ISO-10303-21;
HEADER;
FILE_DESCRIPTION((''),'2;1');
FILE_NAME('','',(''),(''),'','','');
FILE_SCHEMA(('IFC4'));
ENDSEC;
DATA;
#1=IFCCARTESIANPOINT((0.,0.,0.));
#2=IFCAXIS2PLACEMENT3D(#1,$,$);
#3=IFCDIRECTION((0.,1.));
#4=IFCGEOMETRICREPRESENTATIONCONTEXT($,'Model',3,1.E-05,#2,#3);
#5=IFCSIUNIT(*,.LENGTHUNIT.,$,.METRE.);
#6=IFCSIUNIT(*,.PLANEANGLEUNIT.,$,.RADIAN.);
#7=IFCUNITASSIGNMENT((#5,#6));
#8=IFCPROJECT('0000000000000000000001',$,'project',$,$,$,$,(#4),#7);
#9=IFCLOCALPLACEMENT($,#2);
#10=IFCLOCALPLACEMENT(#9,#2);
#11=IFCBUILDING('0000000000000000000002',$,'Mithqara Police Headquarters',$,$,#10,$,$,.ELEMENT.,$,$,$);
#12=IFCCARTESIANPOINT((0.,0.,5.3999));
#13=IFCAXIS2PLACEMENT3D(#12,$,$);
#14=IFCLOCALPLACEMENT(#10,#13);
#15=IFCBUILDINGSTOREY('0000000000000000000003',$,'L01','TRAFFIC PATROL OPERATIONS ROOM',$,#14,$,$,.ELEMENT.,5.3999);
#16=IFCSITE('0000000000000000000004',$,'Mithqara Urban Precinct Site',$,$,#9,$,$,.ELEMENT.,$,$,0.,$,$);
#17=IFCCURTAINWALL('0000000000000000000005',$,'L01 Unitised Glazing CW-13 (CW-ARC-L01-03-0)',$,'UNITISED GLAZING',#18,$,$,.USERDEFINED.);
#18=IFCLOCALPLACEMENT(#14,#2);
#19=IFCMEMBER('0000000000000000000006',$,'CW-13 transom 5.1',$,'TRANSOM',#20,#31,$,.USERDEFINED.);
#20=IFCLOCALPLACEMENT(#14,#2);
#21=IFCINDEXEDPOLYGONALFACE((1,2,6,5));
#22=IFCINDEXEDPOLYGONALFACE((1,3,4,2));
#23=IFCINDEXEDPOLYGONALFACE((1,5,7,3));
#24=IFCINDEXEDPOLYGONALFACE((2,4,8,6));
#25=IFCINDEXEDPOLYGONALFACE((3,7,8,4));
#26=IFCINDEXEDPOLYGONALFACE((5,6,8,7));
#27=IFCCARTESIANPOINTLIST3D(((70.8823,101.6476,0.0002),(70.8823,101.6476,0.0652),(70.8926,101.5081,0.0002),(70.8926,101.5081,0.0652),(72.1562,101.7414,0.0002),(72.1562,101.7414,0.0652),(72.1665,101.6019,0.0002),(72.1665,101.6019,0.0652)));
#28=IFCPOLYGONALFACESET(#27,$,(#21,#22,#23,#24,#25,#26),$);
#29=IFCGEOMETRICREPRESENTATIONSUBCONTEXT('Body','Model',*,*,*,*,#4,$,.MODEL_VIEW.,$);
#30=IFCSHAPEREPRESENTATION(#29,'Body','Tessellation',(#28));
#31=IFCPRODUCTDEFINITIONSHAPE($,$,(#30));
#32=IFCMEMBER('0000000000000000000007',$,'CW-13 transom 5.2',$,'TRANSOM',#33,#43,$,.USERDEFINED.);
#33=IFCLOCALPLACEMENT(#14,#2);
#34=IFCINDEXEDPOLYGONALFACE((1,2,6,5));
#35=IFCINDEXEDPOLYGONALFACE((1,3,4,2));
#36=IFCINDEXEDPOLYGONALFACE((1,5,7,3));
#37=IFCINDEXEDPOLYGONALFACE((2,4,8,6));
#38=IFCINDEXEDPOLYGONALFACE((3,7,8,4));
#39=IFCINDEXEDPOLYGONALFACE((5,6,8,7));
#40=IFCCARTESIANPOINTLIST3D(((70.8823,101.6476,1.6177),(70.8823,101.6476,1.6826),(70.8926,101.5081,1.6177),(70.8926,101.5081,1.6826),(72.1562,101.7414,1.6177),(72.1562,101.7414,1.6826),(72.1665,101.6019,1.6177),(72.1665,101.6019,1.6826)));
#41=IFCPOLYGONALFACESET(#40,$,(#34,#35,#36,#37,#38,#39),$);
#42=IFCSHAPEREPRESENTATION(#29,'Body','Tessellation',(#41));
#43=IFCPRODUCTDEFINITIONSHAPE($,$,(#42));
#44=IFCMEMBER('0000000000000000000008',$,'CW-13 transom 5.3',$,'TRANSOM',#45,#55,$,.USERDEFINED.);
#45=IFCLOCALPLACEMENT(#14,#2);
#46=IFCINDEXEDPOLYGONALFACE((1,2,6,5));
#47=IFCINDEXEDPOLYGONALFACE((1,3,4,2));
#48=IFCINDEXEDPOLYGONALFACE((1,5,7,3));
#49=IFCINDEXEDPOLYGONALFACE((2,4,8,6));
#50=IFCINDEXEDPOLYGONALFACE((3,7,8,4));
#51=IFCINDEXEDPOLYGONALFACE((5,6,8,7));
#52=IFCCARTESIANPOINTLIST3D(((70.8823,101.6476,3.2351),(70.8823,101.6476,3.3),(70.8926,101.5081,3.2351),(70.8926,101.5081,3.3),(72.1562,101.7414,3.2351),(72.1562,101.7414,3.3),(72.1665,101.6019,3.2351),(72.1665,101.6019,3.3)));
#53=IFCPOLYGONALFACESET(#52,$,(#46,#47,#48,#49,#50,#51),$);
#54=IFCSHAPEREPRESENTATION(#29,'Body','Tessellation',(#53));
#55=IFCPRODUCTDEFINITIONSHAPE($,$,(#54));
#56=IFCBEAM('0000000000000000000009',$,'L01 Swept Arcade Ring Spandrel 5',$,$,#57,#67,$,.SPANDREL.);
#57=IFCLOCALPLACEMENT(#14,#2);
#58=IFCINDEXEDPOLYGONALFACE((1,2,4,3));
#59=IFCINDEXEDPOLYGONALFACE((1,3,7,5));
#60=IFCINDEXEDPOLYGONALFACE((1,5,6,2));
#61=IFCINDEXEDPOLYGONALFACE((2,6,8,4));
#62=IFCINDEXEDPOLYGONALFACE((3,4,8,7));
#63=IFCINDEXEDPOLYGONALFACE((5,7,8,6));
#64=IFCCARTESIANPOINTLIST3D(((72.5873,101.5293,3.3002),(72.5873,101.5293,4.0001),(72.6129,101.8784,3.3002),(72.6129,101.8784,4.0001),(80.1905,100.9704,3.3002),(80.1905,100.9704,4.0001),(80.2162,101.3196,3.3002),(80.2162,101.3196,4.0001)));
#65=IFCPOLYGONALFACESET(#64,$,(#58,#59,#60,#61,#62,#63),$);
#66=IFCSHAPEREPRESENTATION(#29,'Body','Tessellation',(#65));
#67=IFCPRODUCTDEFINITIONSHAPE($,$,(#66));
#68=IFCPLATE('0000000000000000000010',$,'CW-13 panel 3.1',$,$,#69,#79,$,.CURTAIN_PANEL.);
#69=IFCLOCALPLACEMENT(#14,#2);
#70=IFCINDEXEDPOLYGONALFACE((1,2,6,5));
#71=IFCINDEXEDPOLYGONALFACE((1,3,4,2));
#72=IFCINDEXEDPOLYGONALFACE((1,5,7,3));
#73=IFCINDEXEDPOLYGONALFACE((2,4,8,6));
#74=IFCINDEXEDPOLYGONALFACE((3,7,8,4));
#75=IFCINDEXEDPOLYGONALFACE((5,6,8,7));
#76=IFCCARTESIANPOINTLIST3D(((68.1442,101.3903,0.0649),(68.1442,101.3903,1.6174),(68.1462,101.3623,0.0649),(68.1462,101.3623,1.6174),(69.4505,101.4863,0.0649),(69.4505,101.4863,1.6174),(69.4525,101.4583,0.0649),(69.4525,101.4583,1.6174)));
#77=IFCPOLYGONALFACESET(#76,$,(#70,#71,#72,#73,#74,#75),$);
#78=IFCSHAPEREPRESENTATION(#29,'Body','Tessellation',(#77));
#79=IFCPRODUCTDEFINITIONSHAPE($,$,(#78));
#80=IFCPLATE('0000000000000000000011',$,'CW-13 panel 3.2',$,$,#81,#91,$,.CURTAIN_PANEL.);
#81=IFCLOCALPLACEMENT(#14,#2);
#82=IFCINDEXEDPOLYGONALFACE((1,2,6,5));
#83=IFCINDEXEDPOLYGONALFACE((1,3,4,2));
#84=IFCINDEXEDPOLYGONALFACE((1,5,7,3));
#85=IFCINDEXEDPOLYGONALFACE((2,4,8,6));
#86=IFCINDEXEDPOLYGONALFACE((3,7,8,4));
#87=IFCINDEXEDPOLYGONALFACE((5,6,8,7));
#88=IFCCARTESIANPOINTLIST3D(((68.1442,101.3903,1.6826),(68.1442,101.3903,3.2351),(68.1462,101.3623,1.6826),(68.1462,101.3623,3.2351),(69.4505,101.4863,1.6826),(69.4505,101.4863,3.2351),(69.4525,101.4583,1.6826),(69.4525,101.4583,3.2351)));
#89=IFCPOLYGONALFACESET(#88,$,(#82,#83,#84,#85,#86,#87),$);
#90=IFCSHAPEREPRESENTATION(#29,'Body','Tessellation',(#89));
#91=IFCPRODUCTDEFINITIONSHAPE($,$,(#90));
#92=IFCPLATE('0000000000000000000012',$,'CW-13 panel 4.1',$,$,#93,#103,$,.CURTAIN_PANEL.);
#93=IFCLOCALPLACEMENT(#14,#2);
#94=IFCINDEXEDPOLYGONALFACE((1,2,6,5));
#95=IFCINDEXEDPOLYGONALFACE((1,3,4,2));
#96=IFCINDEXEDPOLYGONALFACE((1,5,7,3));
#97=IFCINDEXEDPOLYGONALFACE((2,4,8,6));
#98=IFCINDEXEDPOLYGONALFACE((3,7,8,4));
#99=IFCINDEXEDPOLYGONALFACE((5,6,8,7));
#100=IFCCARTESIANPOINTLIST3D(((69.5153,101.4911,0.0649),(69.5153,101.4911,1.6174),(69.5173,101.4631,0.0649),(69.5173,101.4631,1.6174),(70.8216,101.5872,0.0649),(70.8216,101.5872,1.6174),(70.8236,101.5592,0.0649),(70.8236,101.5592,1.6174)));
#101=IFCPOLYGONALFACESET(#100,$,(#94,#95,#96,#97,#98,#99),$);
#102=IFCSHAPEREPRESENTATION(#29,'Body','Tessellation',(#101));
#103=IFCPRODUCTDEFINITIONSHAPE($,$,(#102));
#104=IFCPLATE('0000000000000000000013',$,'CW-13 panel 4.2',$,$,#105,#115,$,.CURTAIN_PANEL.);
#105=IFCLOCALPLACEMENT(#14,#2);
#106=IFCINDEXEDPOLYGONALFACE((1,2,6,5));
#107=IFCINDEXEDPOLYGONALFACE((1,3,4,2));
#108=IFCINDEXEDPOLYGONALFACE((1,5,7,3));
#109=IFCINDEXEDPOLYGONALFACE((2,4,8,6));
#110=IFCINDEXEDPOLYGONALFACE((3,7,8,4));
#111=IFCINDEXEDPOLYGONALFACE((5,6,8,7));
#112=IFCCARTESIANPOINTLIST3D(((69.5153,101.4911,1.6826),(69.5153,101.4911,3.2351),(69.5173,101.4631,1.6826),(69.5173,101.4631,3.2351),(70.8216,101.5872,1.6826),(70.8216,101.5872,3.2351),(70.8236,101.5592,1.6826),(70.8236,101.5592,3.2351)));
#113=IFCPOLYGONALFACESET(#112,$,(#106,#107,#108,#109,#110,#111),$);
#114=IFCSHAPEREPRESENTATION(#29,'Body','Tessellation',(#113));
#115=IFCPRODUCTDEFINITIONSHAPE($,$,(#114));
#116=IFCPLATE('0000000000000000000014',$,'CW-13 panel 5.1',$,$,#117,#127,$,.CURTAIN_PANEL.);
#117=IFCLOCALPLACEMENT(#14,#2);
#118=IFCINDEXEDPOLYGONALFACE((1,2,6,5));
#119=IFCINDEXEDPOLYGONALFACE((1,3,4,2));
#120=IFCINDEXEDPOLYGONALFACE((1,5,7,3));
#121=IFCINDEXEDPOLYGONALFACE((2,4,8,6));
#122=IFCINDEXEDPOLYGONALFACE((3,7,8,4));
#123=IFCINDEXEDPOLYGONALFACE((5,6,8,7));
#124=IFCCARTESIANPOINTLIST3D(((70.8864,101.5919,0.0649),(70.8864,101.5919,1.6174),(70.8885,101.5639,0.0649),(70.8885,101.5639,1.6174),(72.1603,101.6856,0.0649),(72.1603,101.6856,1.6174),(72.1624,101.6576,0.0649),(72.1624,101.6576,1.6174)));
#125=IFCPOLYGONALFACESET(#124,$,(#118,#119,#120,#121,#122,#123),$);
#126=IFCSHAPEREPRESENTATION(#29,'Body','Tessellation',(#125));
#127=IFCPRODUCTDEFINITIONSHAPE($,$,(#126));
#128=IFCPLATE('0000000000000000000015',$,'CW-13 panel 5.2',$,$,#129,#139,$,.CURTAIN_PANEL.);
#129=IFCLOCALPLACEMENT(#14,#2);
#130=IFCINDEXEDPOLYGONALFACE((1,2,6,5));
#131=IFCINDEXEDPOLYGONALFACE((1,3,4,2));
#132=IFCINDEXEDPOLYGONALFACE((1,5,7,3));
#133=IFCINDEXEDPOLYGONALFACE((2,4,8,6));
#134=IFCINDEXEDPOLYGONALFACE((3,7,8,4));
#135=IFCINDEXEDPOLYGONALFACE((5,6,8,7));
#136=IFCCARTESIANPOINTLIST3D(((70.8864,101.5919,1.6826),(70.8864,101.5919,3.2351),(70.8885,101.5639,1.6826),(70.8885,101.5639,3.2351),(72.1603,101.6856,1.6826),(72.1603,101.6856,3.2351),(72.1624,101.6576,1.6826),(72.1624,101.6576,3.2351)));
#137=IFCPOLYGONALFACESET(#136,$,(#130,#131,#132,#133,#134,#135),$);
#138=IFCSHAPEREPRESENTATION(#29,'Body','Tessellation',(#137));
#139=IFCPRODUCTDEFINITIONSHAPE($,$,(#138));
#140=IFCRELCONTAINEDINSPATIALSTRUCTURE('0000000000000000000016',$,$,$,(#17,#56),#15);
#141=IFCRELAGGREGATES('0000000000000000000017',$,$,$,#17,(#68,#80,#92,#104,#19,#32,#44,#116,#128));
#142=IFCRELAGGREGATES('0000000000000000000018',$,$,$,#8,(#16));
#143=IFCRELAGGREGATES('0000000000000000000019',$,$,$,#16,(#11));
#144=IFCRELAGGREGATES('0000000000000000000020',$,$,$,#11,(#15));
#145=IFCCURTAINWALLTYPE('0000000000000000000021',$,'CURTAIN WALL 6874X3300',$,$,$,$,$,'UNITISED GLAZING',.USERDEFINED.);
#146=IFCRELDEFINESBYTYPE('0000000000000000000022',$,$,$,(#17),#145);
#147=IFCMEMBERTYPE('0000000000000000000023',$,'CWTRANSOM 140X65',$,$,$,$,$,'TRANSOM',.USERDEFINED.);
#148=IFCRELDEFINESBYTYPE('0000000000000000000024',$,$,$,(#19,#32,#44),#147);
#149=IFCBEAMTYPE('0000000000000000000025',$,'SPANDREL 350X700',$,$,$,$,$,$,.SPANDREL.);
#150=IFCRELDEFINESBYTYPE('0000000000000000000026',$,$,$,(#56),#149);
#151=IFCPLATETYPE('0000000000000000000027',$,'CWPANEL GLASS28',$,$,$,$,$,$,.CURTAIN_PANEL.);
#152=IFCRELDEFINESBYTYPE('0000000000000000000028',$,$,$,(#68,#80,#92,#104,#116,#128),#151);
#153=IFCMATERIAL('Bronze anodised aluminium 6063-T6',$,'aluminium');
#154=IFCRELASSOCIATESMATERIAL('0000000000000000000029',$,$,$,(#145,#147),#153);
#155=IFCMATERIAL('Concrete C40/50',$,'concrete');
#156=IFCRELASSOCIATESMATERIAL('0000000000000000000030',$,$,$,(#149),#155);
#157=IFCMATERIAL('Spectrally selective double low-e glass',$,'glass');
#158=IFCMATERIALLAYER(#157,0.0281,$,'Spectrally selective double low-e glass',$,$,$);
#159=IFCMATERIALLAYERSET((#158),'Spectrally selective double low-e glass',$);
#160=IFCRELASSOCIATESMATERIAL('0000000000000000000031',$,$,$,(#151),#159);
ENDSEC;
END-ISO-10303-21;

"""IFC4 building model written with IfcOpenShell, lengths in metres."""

from ifc_helpers import new_model, si_unit, direction, frame, origin, origin_2d, place, context, subcontext, project, spatial, rectangle, extrude, material, layer, layer_set, material_profile, profile_set, type_object, element, aggregate, save


model = new_model("IFC4")

# Units and contexts
model_context = context("Model", 3, precision=1e-05, world=origin(), true_north=direction((0.0, 1.0)))
body_context = subcontext(model_context, "Body", "Model", "MODEL_VIEW")
ifc_project = project(units=[si_unit("LENGTHUNIT", "METRE"), si_unit("PLANEANGLEUNIT", "RADIAN")], contexts=[model_context])

# Site, building, storey
site_placement = place(None, origin())
site = spatial("IfcSite", under=ifc_project, at=site_placement, Name="Mithqara Urban Precinct Site", CompositionType="ELEMENT", RefElevation=0.0)
building_placement = place(site_placement, origin())
building = spatial("IfcBuilding", under=site, at=building_placement, Name="Mithqara Police Headquarters", CompositionType="ELEMENT")
storey_placement = place(building_placement, frame((0.0, 0.0, 5.3999)))
storey = spatial("IfcBuildingStorey", under=building, at=storey_placement, Name="L01", Description="TRAFFIC PATROL OPERATIONS ROOM", CompositionType="ELEMENT", Elevation=5.3999)

# Curtain wall
ifc_material_1 = material(Name="Bronze anodised aluminium 6063-T6", Category="aluminium")
curtain_wall_type = type_object("IfcCurtainWallType", Name="CURTAIN WALL 6874X3300", ElementType="UNITISED GLAZING", PredefinedType="USERDEFINED", material=ifc_material_1)
curtain_wall_1_placement = place(storey_placement, origin())
curtain_wall_1 = element("IfcCurtainWall", 1, at=curtain_wall_1_placement, inside=storey, type_object=curtain_wall_type, Name="L01 Unitised Glazing CW-13 (CW-ARC-L01-03-0)", ObjectType="UNITISED GLAZING", PredefinedType="USERDEFINED")

# Members
ifc_material_profile_1 = material_profile(ifc_material_1, rectangle(XDim=0.1399, YDim=0.0649, at=origin_2d()), Name="CWT 140x65")
ifc_profile_set_1 = profile_set([ifc_material_profile_1], Name="Bronze anodised aluminium 6063-T6")
member_type_1 = type_object("IfcMemberType", Name="CWTRANSOM 140X65", ElementType="TRANSOM", PredefinedType="USERDEFINED", material=ifc_profile_set_1)
member_1_placement = place(storey_placement, frame((70.8875, 101.5779, 0.0327), z_axis=(0.997303, 0.073393, 0.0), x_axis=(-0.073393, 0.997303, 0.0)))
member_1 = element("IfcMember", 2, at=member_1_placement, type_object=member_type_1, Name="CW-13 transom 5.1", ObjectType="TRANSOM", PredefinedType="USERDEFINED", context=body_context, shape_type="SweptSolid", body=[
    extrude(rectangle(XDim=0.1399, YDim=0.0649, at=origin_2d()), origin(), (0.0, 0.0, 1.0), 1.2773),
])
member_2_placement = place(storey_placement, frame((70.8875, 101.5779, 1.6501), z_axis=(0.997303, 0.073393, 0.0), x_axis=(-0.073393, 0.997303, 0.0)))
member_2 = element("IfcMember", 3, at=member_2_placement, type_object=member_type_1, Name="CW-13 transom 5.2", ObjectType="TRANSOM", PredefinedType="USERDEFINED", context=body_context, shape_type="SweptSolid", body=[
    extrude(rectangle(XDim=0.1399, YDim=0.0649, at=origin_2d()), origin(), (0.0, 0.0, 1.0), 1.2773),
])
member_3_placement = place(storey_placement, frame((70.8875, 101.5779, 3.2676), z_axis=(0.997303, 0.073393, 0.0), x_axis=(-0.073393, 0.997303, 0.0)))
member_3 = element("IfcMember", 4, at=member_3_placement, type_object=member_type_1, Name="CW-13 transom 5.3", ObjectType="TRANSOM", PredefinedType="USERDEFINED", context=body_context, shape_type="SweptSolid", body=[
    extrude(rectangle(XDim=0.1399, YDim=0.0649, at=origin_2d()), origin(), (0.0, 0.0, 1.0), 1.2773),
])

# Beam
ifc_material_2 = material(Name="Concrete C40/50", Category="concrete")
ifc_material_profile_2 = material_profile(ifc_material_2, rectangle(XDim=0.3501, YDim=0.7, at=origin_2d()), Name="SPB 350x700")
ifc_profile_set_2 = profile_set([ifc_material_profile_2], Name="Concrete C40/50")
beam_type = type_object("IfcBeamType", Name="SPANDREL 350X700", PredefinedType="SPANDREL", material=ifc_profile_set_2)
beam_placement = place(storey_placement, frame((72.6001, 101.7039, 3.6501), z_axis=(0.99731, -0.073302, 0.0), x_axis=(0.073302, 0.99731, 0.0)))
element("IfcBeam", 5, at=beam_placement, inside=storey, type_object=beam_type, Name="L01 Swept Arcade Ring Spandrel 5", PredefinedType="SPANDREL", context=body_context, shape_type="SweptSolid", body=[
    extrude(rectangle(XDim=0.3501, YDim=0.7, at=origin_2d()), origin(), (0.0, 0.0, 1.0), 7.6238),
])

# Plates
ifc_material_3 = material(Name="Spectrally selective double low-e glass", Category="glass")
ifc_layer = layer(ifc_material_3, 0.0281, Name="Spectrally selective double low-e glass")
ifc_layer_set = layer_set([ifc_layer], Name="Spectrally selective double low-e glass")
plate_type = type_object("IfcPlateType", Name="CWPANEL GLASS28", PredefinedType="CURTAIN_PANEL", material=ifc_layer_set)
plate_1_placement = place(storey_placement, frame((68.7983, 101.4243, 0.0649), z_axis=(0.0, 0.0, 1.0), x_axis=(0.99731, 0.073301, 0.0)))
plate_1 = element("IfcPlate", 6, at=plate_1_placement, type_object=plate_type, Name="CW-13 panel 3.1", PredefinedType="CURTAIN_PANEL", context=body_context, shape_type="SweptSolid", body=[
    extrude(rectangle(XDim=1.3098, YDim=0.0281, at=origin_2d()), origin(), (0.0, 0.0, 1.0), 1.5525),
])
plate_2_placement = place(storey_placement, frame((68.7983, 101.4243, 1.6826), z_axis=(0.0, 0.0, 1.0), x_axis=(0.99731, 0.073301, 0.0)))
plate_2 = element("IfcPlate", 7, at=plate_2_placement, type_object=plate_type, Name="CW-13 panel 3.2", PredefinedType="CURTAIN_PANEL", context=body_context, shape_type="SweptSolid", body=[
    extrude(rectangle(XDim=1.3098, YDim=0.0281, at=origin_2d()), origin(), (0.0, 0.0, 1.0), 1.5525),
])
plate_3_placement = place(storey_placement, frame((70.1694, 101.5251, 0.0649), z_axis=(0.0, 0.0, 1.0), x_axis=(0.99731, 0.073301, 0.0)))
plate_3 = element("IfcPlate", 8, at=plate_3_placement, type_object=plate_type, Name="CW-13 panel 4.1", PredefinedType="CURTAIN_PANEL", context=body_context, shape_type="SweptSolid", body=[
    extrude(rectangle(XDim=1.3098, YDim=0.0281, at=origin_2d()), origin(), (0.0, 0.0, 1.0), 1.5525),
])
plate_4_placement = place(storey_placement, frame((70.1694, 101.5251, 1.6826), z_axis=(0.0, 0.0, 1.0), x_axis=(0.99731, 0.073301, 0.0)))
plate_4 = element("IfcPlate", 9, at=plate_4_placement, type_object=plate_type, Name="CW-13 panel 4.2", PredefinedType="CURTAIN_PANEL", context=body_context, shape_type="SweptSolid", body=[
    extrude(rectangle(XDim=1.3098, YDim=0.0281, at=origin_2d()), origin(), (0.0, 0.0, 1.0), 1.5525),
])
plate_5_placement = place(storey_placement, frame((71.5244, 101.6248, 0.0649), z_axis=(0.0, 0.0, 1.0), x_axis=(0.99731, 0.073301, 0.0)))
plate_5 = element("IfcPlate", 10, at=plate_5_placement, type_object=plate_type, Name="CW-13 panel 5.1", PredefinedType="CURTAIN_PANEL", context=body_context, shape_type="SweptSolid", body=[
    extrude(rectangle(XDim=1.2773, YDim=0.0281, at=origin_2d()), origin(), (0.0, 0.0, 1.0), 1.5525),
])
plate_6_placement = place(storey_placement, frame((71.5244, 101.6248, 1.6826), z_axis=(0.0, 0.0, 1.0), x_axis=(0.99731, 0.073301, 0.0)))
plate_6 = element("IfcPlate", 11, at=plate_6_placement, type_object=plate_type, Name="CW-13 panel 5.2", PredefinedType="CURTAIN_PANEL", context=body_context, shape_type="SweptSolid", body=[
    extrude(rectangle(XDim=1.2773, YDim=0.0281, at=origin_2d()), origin(), (0.0, 0.0, 1.0), 1.5525),
])
aggregate(curtain_wall_1, [plate_1, plate_2, plate_3, plate_4, member_1, member_2, member_3, plate_5, plate_6])

save(model, "model.ifc")
